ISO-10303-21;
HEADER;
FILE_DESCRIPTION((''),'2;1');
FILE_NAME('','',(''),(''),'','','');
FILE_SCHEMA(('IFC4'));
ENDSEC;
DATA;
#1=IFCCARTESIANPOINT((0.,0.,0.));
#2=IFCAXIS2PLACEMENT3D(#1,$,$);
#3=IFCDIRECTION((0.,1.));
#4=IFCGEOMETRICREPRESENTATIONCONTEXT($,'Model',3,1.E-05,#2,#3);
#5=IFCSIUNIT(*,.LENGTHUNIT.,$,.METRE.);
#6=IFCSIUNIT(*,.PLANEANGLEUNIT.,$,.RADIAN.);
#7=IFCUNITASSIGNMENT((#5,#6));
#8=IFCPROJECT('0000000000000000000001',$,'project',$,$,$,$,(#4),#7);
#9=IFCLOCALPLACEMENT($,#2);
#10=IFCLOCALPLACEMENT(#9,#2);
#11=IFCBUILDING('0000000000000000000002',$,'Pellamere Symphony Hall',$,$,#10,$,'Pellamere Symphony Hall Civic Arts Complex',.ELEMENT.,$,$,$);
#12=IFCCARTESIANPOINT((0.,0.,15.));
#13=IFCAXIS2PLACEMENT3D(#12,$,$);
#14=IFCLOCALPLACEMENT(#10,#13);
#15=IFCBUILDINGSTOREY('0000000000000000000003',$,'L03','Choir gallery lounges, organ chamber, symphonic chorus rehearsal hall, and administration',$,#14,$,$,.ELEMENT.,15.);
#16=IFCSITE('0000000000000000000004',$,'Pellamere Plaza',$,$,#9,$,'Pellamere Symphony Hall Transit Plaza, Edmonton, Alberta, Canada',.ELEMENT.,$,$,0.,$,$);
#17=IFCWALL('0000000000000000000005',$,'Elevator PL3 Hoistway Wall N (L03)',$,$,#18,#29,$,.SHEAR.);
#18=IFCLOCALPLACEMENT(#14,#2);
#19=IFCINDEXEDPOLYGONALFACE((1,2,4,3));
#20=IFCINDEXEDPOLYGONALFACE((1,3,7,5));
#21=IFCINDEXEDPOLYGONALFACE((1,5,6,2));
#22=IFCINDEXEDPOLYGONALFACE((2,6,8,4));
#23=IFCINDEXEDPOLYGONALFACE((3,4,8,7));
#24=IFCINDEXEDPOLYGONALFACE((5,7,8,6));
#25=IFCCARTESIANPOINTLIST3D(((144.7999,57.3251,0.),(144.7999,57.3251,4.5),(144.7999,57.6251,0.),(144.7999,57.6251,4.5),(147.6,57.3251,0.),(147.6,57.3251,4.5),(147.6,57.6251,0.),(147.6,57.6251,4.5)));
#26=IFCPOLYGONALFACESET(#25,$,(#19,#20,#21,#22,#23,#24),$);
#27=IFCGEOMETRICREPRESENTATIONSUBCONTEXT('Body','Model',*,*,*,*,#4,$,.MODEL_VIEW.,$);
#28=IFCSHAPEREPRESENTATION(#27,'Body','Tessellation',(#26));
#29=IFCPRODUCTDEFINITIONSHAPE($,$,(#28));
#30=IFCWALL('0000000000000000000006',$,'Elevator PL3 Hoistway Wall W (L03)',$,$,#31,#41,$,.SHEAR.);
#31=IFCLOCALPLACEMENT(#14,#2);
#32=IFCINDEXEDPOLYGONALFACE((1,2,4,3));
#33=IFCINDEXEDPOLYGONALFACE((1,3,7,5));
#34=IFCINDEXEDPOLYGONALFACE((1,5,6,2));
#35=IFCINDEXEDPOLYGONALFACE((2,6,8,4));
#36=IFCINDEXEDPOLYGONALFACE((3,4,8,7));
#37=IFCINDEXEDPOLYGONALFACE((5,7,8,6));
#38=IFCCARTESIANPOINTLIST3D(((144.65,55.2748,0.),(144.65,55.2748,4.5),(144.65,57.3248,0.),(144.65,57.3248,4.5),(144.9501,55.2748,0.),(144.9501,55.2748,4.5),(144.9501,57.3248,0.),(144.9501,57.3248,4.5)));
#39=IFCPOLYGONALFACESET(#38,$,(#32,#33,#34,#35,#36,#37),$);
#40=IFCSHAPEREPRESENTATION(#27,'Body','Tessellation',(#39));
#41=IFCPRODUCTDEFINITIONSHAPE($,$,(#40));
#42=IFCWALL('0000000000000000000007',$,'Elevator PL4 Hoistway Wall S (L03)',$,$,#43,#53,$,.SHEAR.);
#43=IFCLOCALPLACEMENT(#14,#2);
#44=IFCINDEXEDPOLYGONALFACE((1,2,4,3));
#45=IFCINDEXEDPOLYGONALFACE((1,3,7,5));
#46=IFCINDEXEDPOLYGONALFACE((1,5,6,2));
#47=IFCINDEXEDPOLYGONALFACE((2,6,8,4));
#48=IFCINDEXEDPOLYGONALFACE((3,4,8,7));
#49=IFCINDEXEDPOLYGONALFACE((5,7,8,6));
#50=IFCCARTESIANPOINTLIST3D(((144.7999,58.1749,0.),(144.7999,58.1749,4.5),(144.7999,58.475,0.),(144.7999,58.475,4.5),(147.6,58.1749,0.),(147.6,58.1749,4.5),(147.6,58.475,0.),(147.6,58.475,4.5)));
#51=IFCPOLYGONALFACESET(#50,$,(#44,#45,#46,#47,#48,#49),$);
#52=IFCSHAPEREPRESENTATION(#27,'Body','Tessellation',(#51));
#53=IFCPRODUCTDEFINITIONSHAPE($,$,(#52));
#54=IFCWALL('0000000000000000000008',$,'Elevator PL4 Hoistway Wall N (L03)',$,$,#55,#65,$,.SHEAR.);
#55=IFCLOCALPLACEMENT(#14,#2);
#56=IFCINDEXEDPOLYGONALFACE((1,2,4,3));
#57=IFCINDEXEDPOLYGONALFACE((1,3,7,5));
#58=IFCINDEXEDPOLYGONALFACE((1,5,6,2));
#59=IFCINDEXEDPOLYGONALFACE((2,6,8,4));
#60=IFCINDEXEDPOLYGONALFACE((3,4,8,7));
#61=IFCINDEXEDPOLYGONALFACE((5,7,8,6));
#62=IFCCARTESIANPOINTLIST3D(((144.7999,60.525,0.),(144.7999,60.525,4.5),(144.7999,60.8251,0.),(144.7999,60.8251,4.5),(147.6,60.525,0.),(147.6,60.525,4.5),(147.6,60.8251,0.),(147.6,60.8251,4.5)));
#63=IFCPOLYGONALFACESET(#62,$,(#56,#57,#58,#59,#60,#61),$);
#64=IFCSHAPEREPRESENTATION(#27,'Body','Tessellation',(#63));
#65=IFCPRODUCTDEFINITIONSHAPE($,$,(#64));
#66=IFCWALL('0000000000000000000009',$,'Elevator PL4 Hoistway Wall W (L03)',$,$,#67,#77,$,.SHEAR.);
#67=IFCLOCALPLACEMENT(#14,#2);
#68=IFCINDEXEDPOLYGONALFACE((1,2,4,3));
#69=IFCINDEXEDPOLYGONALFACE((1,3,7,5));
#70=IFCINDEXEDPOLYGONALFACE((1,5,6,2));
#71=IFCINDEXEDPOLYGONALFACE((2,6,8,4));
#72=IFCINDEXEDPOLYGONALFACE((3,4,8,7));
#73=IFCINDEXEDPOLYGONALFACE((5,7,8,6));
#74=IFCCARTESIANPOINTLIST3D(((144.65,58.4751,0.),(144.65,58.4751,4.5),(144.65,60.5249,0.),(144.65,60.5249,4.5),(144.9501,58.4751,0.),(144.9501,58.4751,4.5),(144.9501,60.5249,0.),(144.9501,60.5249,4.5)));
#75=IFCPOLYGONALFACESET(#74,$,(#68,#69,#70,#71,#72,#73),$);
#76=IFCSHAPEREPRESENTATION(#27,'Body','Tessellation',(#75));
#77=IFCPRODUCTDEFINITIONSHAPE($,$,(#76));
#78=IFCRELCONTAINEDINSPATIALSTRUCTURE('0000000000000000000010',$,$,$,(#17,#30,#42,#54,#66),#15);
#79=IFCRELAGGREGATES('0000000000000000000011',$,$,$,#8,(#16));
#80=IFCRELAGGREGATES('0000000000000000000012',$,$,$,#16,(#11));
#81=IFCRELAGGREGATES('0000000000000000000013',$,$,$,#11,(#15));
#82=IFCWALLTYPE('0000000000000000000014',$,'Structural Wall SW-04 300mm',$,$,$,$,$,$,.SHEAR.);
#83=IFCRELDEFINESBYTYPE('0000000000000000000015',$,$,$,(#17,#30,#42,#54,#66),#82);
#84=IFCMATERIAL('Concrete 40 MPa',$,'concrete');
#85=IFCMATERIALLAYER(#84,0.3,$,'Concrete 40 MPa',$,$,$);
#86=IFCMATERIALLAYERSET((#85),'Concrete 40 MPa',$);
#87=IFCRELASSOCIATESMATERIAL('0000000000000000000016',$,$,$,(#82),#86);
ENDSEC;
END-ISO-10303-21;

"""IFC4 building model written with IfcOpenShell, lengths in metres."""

from ifc_helpers import new_model, si_unit, direction, frame, frame_2d, origin, place, context, subcontext, project, spatial, rectangle, extrude, material, layer, layer_set, type_object, element, save


model = new_model("IFC4")

# Units and contexts
model_context = context("Model", 3, precision=1e-05, world=origin(), true_north=direction((0.0, 1.0)))
body_context = subcontext(model_context, "Body", "Model", "MODEL_VIEW")
ifc_project = project(units=[si_unit("LENGTHUNIT", "METRE"), si_unit("PLANEANGLEUNIT", "RADIAN")], contexts=[model_context])

# Site, building, storey
site_placement = place(None, origin())
site = spatial("IfcSite", under=ifc_project, at=site_placement, Name="Pellamere Plaza", LongName="Pellamere Symphony Hall Transit Plaza, Edmonton, Alberta, Canada", CompositionType="ELEMENT", RefElevation=0.0)
building_placement = place(site_placement, origin())
building = spatial("IfcBuilding", under=site, at=building_placement, Name="Pellamere Symphony Hall", LongName="Pellamere Symphony Hall Civic Arts Complex", CompositionType="ELEMENT")
storey_placement = place(building_placement, frame((0.0, 0.0, 15.0)))
storey = spatial("IfcBuildingStorey", under=building, at=storey_placement, Name="L03", Description="Choir gallery lounges, organ chamber, symphonic chorus rehearsal hall, and administration", CompositionType="ELEMENT", Elevation=15.0)

# Shared definitions
ifc_material_1 = material(Name="Concrete 40 MPa", Category="concrete")

# Walls
ifc_layer_1 = layer(ifc_material_1, 0.3, Name="Concrete 40 MPa")
ifc_layer_set_1 = layer_set([ifc_layer_1], Name="Concrete 40 MPa")
wall_type_1 = type_object("IfcWallType", Name="Structural Wall SW-04 300mm", PredefinedType="SHEAR", material=ifc_layer_set_1)
for number, where, z_axis, x_axis, name in (
    (1, (144.8, 57.4751, 0.0), (0.0, 0.0, 1.0), (1.0, 0.0, 0.0), "Elevator PL3 Hoistway Wall N (L03)"),
):
    element("IfcWall", number, at=place(storey_placement, frame(where, z_axis=z_axis, x_axis=x_axis)), inside=storey, type_object=wall_type_1, Name=name, PredefinedType="SHEAR", context=body_context, shape_type="SweptSolid", body=[
        extrude(rectangle(XDim=2.8, YDim=0.3, at=frame_2d((1.3999, 0.0))), origin(), (0.0, 0.0, 1.0), 4.5),
    ])
wall_1_placement = place(storey_placement, frame((144.8, 55.2749, 0.0), z_axis=(0.0, 0.0, 1.0), x_axis=(0.0, 1.0, 0.0)))
element("IfcWall", 2, at=wall_1_placement, inside=storey, type_object=wall_type_1, Name="Elevator PL3 Hoistway Wall W (L03)", PredefinedType="SHEAR", context=body_context, shape_type="SweptSolid", body=[
    extrude(rectangle(XDim=2.05, YDim=0.3, at=frame_2d((1.0249, 0.0))), origin(), (0.0, 0.0, 1.0), 4.5),
])
for number, where, z_axis, x_axis, name in (
    (3, (144.8, 58.325, 0.0), (0.0, 0.0, 1.0), (1.0, 0.0, 0.0), "Elevator PL4 Hoistway Wall S (L03)"),
    (4, (144.8, 60.675, 0.0), (0.0, 0.0, 1.0), (1.0, 0.0, 0.0), "Elevator PL4 Hoistway Wall N (L03)"),
):
    element("IfcWall", number, at=place(storey_placement, frame(where, z_axis=z_axis, x_axis=x_axis)), inside=storey, type_object=wall_type_1, Name=name, PredefinedType="SHEAR", context=body_context, shape_type="SweptSolid", body=[
        extrude(rectangle(XDim=2.8, YDim=0.3, at=frame_2d((1.3999, 0.0))), origin(), (0.0, 0.0, 1.0), 4.5),
    ])
wall_2_placement = place(storey_placement, frame((144.8, 58.4751, 0.0), z_axis=(0.0, 0.0, 1.0), x_axis=(0.0, 1.0, 0.0)))
element("IfcWall", 5, at=wall_2_placement, inside=storey, type_object=wall_type_1, Name="Elevator PL4 Hoistway Wall W (L03)", PredefinedType="SHEAR", context=body_context, shape_type="SweptSolid", body=[
    extrude(rectangle(XDim=2.0498, YDim=0.3, at=frame_2d((1.0249, 0.0))), origin(), (0.0, 0.0, 1.0), 4.5),
])

save(model, "model.ifc")
